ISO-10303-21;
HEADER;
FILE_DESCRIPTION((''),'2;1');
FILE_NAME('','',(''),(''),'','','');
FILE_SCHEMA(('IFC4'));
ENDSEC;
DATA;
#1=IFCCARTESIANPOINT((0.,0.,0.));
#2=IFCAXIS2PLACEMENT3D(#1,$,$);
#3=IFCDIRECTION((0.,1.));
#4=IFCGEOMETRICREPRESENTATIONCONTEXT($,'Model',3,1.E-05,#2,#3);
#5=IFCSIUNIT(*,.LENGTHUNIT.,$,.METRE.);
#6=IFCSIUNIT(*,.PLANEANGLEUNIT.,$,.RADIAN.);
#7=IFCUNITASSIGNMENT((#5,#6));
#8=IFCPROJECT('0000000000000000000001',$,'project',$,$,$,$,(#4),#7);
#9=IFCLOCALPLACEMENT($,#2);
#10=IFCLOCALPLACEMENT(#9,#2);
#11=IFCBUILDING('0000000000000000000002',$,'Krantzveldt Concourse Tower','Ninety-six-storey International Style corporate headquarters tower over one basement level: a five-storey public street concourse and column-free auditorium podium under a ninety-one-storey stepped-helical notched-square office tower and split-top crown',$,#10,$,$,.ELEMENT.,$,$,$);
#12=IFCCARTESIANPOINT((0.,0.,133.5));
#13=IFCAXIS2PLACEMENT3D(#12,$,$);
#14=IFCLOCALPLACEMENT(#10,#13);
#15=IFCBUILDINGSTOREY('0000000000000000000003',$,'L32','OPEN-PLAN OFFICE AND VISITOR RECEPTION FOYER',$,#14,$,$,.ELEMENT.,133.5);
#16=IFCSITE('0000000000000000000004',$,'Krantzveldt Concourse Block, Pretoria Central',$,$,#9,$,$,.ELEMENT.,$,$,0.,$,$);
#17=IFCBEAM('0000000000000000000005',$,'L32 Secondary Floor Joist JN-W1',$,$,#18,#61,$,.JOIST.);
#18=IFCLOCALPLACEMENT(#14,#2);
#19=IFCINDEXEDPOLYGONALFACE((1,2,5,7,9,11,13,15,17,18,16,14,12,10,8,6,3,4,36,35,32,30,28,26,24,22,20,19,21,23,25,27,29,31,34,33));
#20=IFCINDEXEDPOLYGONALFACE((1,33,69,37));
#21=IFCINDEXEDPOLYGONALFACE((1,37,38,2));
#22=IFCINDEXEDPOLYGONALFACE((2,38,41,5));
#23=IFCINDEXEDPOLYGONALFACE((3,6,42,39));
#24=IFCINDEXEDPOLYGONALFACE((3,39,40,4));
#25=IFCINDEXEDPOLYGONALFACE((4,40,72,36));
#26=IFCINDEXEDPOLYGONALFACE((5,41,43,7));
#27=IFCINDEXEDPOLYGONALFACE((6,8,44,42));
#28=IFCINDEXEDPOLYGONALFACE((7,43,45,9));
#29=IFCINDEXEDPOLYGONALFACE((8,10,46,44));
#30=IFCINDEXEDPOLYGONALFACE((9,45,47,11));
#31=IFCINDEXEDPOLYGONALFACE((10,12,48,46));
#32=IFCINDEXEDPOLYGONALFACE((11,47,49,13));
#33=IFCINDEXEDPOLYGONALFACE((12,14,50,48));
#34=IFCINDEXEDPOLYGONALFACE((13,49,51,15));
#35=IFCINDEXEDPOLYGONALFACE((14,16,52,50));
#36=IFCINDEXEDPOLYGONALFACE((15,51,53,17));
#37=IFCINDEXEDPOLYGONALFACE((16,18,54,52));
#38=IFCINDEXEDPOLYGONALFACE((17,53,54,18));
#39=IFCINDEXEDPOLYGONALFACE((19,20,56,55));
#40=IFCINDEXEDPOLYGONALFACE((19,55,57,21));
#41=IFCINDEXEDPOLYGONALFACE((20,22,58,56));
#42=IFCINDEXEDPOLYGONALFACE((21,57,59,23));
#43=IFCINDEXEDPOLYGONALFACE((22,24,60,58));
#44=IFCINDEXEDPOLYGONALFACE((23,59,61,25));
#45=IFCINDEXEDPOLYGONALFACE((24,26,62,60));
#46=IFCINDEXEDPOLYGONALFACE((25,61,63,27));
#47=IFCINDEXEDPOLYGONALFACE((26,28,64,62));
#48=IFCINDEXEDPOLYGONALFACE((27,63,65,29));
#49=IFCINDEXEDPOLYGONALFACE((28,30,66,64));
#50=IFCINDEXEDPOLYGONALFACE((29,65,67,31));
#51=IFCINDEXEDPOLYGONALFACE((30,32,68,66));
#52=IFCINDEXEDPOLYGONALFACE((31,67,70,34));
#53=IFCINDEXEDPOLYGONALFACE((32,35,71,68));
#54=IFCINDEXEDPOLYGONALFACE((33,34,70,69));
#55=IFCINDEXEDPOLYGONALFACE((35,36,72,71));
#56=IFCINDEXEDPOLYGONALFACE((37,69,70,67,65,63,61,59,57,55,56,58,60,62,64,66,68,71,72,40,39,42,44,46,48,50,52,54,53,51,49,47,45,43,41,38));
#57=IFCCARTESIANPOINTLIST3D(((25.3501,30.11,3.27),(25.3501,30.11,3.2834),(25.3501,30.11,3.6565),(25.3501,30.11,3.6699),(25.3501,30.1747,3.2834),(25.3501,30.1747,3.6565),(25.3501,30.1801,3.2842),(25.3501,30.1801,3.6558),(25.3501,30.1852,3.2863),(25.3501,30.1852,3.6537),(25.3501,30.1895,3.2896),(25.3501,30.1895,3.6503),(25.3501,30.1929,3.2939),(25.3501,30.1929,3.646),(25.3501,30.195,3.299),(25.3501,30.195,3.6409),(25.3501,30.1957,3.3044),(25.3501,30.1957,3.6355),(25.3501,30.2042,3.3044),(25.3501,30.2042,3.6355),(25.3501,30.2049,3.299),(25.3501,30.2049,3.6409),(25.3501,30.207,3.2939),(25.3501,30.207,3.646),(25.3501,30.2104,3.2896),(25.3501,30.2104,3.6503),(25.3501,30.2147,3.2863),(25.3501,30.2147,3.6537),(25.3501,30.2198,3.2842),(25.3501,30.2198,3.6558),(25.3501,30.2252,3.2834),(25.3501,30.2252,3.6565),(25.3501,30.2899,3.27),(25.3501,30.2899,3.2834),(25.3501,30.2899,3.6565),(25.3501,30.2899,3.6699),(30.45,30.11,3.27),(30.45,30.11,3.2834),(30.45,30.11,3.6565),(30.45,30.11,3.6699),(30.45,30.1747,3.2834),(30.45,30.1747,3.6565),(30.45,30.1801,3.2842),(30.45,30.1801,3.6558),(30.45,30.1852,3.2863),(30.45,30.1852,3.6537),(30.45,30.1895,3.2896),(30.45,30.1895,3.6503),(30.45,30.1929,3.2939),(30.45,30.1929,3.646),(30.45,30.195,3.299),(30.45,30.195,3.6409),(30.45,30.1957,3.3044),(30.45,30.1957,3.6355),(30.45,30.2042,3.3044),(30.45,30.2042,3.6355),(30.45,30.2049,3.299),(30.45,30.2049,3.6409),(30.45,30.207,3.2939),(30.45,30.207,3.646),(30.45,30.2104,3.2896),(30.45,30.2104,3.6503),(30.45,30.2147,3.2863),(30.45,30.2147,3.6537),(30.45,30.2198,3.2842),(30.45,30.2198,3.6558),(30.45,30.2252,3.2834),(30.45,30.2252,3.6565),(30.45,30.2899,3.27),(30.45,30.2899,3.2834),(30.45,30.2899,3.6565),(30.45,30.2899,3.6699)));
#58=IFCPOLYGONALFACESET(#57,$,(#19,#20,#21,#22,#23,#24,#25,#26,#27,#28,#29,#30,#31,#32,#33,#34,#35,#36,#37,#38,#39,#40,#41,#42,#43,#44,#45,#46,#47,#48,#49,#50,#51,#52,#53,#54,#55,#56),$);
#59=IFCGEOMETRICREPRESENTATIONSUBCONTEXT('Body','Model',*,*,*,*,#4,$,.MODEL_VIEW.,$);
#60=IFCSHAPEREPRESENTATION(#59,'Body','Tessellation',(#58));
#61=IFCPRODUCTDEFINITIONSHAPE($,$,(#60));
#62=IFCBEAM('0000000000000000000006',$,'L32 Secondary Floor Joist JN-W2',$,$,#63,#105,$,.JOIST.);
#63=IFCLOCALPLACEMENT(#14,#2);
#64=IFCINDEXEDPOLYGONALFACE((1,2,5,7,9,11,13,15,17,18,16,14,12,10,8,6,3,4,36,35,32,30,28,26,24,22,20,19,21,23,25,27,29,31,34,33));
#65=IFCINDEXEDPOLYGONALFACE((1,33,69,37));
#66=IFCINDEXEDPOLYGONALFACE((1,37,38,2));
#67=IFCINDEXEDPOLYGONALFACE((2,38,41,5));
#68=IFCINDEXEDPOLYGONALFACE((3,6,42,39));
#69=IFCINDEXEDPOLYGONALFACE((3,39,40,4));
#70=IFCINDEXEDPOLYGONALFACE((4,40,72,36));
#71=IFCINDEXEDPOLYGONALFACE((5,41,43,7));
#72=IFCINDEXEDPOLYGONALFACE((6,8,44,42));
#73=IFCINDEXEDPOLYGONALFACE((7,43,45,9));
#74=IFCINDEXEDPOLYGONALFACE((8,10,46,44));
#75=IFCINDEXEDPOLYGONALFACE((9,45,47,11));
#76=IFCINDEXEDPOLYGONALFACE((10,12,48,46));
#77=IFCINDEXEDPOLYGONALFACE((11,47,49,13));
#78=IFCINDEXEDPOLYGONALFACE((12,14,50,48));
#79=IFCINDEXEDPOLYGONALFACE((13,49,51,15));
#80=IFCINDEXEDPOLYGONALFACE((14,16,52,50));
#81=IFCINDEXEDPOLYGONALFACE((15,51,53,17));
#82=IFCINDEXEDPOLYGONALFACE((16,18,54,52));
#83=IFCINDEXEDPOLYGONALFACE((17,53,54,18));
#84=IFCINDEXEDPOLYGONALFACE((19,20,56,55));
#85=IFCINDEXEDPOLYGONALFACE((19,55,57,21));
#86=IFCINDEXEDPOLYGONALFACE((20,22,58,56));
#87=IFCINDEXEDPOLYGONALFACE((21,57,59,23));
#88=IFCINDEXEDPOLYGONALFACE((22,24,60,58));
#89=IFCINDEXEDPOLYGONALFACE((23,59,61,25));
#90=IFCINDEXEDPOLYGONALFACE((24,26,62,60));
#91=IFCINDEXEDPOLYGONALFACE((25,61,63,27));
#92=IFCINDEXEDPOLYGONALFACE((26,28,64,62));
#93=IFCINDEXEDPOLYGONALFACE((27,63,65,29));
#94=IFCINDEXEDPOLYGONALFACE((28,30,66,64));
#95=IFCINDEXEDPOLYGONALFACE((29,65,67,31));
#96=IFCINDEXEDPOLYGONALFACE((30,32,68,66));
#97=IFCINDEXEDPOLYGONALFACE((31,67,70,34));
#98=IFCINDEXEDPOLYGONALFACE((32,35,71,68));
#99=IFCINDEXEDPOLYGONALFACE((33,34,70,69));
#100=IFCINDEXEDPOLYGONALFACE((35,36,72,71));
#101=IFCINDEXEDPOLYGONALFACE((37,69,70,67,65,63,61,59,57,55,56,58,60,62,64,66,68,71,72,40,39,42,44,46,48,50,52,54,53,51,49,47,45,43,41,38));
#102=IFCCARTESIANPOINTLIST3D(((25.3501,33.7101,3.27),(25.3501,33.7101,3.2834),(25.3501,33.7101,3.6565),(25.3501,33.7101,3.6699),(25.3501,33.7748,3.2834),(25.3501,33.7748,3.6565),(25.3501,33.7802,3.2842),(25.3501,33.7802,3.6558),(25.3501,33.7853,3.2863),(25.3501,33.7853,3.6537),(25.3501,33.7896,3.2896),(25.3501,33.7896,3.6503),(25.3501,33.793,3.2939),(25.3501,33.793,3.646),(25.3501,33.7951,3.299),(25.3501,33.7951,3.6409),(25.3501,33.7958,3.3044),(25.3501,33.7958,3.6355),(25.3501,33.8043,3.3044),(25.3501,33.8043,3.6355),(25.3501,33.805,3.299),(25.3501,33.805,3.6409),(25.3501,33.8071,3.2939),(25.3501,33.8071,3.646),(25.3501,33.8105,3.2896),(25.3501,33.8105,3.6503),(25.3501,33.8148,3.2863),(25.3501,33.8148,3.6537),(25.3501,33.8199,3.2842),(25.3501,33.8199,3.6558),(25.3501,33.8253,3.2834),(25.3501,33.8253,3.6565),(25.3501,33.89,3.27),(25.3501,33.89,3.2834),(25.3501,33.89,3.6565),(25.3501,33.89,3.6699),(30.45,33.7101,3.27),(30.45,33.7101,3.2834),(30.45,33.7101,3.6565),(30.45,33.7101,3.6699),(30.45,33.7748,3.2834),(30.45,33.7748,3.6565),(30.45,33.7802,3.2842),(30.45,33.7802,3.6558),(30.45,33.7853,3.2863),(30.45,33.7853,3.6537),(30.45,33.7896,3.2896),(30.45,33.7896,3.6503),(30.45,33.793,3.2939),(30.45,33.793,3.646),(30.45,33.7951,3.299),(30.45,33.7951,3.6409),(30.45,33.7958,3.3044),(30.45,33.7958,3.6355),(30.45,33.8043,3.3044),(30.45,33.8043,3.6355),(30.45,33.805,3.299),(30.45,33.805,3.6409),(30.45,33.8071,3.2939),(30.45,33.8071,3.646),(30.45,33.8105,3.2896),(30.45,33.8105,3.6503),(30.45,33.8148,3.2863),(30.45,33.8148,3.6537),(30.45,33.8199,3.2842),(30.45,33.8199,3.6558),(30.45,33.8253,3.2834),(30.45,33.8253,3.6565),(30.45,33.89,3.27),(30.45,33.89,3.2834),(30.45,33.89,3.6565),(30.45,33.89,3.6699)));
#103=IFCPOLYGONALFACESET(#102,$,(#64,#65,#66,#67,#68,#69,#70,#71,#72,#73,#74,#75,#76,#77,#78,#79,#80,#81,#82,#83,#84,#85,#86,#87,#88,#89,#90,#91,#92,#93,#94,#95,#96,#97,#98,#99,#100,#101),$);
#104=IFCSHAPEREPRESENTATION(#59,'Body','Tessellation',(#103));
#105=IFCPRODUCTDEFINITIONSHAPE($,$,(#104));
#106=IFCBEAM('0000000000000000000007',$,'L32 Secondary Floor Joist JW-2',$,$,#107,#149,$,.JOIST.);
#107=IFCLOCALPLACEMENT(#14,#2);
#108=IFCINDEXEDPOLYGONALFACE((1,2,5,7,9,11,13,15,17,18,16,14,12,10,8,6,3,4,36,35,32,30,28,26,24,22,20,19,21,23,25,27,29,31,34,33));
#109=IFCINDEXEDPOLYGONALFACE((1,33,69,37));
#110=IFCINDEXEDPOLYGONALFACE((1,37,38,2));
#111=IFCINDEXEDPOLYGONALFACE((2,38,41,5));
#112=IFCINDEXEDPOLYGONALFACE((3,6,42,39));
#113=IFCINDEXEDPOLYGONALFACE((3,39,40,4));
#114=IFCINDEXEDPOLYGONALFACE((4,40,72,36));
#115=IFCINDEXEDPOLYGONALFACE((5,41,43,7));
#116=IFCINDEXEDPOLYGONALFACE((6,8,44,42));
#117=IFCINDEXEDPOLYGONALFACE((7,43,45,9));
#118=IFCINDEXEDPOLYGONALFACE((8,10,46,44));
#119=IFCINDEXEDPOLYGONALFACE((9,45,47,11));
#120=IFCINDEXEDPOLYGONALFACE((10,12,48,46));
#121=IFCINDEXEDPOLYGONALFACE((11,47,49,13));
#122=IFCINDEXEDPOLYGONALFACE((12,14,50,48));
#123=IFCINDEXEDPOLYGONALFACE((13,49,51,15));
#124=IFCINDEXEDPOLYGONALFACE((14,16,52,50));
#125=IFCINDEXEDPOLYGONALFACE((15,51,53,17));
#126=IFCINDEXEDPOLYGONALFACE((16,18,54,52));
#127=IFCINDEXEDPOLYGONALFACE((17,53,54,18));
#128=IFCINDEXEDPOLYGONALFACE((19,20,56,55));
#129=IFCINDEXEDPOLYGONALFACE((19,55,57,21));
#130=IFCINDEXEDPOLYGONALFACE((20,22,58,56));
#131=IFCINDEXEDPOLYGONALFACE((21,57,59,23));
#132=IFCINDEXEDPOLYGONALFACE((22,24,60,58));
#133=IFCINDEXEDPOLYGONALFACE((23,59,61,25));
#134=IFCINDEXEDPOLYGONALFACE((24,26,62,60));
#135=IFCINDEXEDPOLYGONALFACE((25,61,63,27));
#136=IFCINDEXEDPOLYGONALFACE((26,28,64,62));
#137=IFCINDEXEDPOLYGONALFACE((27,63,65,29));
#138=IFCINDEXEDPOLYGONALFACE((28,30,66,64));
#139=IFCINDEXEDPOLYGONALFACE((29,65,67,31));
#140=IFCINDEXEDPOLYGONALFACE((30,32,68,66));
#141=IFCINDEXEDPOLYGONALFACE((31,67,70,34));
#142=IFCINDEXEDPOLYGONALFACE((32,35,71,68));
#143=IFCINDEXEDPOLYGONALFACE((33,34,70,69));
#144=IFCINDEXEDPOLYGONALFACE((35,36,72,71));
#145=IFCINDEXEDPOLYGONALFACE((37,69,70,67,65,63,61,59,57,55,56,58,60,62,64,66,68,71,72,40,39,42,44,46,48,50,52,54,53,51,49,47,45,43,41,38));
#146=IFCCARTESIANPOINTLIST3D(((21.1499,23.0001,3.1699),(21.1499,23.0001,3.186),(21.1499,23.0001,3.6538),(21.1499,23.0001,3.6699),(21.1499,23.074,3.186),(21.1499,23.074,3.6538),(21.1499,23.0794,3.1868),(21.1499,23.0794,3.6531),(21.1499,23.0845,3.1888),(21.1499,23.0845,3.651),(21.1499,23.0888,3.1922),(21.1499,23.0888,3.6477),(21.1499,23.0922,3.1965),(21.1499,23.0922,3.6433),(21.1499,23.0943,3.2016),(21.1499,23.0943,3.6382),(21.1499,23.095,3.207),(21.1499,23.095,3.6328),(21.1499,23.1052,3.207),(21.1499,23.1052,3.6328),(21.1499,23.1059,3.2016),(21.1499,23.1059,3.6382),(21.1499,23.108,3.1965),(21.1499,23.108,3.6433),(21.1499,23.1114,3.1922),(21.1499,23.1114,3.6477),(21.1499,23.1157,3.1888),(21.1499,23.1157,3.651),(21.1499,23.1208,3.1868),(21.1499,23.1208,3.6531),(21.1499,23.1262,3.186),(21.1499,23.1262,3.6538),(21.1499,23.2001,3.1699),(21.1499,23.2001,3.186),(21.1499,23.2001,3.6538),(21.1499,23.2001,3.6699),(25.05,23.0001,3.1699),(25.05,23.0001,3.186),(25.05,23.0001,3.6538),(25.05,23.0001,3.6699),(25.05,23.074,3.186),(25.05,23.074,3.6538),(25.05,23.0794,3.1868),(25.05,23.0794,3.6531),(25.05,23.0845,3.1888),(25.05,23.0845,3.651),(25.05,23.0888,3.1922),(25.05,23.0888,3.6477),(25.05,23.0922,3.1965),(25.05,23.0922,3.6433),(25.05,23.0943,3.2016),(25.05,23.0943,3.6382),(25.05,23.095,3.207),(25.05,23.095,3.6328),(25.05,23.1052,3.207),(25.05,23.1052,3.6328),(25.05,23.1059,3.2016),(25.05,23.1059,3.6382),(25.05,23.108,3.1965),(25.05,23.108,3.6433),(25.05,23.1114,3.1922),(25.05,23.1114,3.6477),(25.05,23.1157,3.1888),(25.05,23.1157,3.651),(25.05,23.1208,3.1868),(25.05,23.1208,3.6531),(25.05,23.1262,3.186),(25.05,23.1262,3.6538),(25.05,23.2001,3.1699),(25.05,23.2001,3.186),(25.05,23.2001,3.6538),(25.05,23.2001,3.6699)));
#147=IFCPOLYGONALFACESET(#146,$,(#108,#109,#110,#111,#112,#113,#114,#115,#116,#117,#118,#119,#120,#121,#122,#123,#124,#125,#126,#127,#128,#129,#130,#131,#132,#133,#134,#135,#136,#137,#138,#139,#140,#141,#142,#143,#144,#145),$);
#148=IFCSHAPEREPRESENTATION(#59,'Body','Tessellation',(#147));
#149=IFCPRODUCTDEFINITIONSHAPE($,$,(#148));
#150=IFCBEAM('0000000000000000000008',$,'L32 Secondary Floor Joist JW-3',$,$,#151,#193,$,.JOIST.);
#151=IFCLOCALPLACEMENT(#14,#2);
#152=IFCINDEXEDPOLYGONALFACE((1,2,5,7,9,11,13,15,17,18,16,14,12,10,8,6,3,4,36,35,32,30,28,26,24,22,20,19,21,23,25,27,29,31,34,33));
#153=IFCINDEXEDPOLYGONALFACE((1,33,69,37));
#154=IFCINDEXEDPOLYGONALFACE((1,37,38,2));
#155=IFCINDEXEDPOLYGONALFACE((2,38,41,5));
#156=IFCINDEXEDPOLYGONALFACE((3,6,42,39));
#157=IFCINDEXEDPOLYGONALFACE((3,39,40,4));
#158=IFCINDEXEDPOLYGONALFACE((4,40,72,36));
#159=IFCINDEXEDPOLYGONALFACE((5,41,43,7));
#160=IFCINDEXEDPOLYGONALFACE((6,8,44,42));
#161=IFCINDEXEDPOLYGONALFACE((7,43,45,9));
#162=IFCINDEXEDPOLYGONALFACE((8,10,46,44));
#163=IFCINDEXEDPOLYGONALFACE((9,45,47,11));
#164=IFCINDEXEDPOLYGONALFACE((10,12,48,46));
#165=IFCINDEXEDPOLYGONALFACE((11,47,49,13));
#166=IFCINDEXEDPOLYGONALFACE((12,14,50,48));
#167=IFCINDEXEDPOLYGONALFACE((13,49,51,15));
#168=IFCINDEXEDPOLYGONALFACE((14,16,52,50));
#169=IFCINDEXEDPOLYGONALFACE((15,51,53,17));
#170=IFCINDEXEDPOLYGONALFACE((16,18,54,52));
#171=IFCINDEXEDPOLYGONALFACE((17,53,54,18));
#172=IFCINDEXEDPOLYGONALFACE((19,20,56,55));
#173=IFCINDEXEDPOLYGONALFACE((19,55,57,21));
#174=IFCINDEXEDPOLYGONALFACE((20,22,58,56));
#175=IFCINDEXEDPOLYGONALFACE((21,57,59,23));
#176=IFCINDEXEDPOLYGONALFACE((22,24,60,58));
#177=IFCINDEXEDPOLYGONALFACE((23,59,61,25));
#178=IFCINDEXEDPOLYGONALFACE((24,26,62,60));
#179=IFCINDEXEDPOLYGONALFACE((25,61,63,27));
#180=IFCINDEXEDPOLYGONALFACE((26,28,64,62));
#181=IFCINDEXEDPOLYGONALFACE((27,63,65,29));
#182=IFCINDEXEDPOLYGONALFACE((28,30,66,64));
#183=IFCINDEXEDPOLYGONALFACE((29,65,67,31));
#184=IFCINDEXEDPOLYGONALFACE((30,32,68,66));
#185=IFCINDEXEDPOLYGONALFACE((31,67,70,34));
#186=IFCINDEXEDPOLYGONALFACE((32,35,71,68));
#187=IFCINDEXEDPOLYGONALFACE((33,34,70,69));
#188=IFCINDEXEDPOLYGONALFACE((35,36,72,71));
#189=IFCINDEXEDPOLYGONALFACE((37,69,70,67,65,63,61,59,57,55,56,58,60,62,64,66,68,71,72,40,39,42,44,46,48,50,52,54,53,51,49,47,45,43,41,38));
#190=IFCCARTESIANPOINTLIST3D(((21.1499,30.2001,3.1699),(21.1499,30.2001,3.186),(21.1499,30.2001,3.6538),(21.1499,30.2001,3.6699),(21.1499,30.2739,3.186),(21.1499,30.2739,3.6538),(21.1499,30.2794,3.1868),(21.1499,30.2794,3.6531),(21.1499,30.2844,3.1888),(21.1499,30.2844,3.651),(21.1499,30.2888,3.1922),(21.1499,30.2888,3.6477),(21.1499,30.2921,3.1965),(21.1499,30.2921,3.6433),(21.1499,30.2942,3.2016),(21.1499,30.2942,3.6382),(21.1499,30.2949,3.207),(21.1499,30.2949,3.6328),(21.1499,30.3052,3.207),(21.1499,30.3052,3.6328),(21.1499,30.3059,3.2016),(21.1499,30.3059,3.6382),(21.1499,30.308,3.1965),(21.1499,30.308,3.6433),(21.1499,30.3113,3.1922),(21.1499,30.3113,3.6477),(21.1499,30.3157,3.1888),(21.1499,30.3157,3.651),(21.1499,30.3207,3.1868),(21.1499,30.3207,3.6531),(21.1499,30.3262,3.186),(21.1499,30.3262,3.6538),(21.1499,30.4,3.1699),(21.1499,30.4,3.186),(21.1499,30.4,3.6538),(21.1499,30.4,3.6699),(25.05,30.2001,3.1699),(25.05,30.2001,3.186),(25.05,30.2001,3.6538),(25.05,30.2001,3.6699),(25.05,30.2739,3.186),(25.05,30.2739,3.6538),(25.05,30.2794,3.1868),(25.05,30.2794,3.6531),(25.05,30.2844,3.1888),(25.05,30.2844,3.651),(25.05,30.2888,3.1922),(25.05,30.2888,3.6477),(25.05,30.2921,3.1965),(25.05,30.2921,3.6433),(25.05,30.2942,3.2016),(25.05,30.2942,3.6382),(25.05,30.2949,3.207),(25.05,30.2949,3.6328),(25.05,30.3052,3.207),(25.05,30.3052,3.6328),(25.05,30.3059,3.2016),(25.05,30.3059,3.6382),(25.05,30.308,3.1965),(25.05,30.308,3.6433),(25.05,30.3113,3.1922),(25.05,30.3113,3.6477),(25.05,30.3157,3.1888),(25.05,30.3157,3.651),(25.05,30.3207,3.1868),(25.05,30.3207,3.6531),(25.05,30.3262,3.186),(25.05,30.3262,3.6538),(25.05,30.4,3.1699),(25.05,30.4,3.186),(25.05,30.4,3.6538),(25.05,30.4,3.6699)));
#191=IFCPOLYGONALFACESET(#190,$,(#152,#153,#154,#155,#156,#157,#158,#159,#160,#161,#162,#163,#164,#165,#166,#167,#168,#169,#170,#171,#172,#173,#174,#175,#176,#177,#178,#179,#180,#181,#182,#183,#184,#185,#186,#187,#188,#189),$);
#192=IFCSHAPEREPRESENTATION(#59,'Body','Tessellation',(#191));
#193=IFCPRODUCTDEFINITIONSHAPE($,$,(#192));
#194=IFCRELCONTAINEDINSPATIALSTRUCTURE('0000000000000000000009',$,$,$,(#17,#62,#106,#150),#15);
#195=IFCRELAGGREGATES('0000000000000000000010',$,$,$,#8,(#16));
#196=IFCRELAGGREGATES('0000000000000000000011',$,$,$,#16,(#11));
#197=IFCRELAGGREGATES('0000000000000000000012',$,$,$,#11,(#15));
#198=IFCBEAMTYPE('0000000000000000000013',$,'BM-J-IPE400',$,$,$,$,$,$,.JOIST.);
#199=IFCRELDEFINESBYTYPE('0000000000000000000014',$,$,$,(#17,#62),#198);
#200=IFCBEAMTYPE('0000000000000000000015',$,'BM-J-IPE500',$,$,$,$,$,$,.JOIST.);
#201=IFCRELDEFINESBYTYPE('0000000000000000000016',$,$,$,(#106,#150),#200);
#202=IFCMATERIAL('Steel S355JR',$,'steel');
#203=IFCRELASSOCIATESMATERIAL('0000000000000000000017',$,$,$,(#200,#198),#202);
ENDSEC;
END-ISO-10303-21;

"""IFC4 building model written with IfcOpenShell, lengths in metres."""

from ifc_helpers import new_model, si_unit, direction, frame, origin, origin_2d, place, context, subcontext, project, spatial, i_section, extrude, source, transform, mapped, material, material_profile, profile_set, type_object, type_shapes, element, save


model = new_model("IFC4")

# Units and contexts
model_context = context("Model", 3, precision=1e-05, world=origin(), true_north=direction((0.0, 1.0)))
body_context = subcontext(model_context, "Body", "Model", "MODEL_VIEW")
ifc_project = project(units=[si_unit("LENGTHUNIT", "METRE"), si_unit("PLANEANGLEUNIT", "RADIAN")], contexts=[model_context])

# Site, building, storey
site_placement = place(None, origin())
site = spatial("IfcSite", under=ifc_project, at=site_placement, Name="Krantzveldt Concourse Block, Pretoria Central", CompositionType="ELEMENT", RefElevation=0.0)
building_placement = place(site_placement, origin())
building = spatial("IfcBuilding", under=site, at=building_placement, Name="Krantzveldt Concourse Tower", Description="Ninety-six-storey International Style corporate headquarters tower over one basement level: a five-storey public street concourse and column-free auditorium podium under a ninety-one-storey stepped-helical notched-square office tower and split-top crown", CompositionType="ELEMENT")
storey_placement = place(building_placement, frame((0.0, 0.0, 133.5)))
storey = spatial("IfcBuildingStorey", under=building, at=storey_placement, Name="L32", Description="OPEN-PLAN OFFICE AND VISITOR RECEPTION FOYER", CompositionType="ELEMENT", Elevation=133.5)

# Beams
ifc_material_1 = material(Name="Steel S355JR", Category="steel")
ifc_material_profile_1 = material_profile(ifc_material_1, i_section(OverallWidth=0.2, OverallDepth=0.5, WebThickness=0.0103, FlangeThickness=0.0161, FilletRadius=0.021, at=origin_2d()), Name="Steel S355JR", Category="steel")
ifc_profile_set_1 = profile_set([ifc_material_profile_1], Name="Steel S355JR - IPE 500")
beam_type_1 = type_object("IfcBeamType", Name="BM-J-IPE500", PredefinedType="JOIST", material=ifc_profile_set_1)
ifc_material_profile_2 = material_profile(ifc_material_1, i_section(OverallWidth=0.1799, OverallDepth=0.3999, WebThickness=0.0085, FlangeThickness=0.0134, FilletRadius=0.021, at=origin_2d()), Name="Steel S355JR", Category="steel")
ifc_profile_set_2 = profile_set([ifc_material_profile_2], Name="Steel S355JR - IPE 400")
beam_type_2 = type_object("IfcBeamType", Name="BM-J-IPE400", PredefinedType="JOIST", material=ifc_profile_set_2)
shared_shape_1 = source(origin(), body_context, "Body", "SweptSolid", [
    extrude(i_section(OverallWidth=0.1799, OverallDepth=0.3999, WebThickness=0.0085, FlangeThickness=0.0134, FilletRadius=0.021, at=origin_2d()), origin(), (0.0, 0.0, 1.0), 5.0999),
])
type_shapes(beam_type_2, [shared_shape_1])
for number, where, z_axis, x_axis, name in (
    (1, (25.3501, 30.2, 3.47), (1.0, 0.0, 0.0), (0.0, 1.0, 0.0), "L32 Secondary Floor Joist JN-W1"),
    (2, (25.3501, 33.8, 3.47), (1.0, 0.0, 0.0), (0.0, 1.0, 0.0), "L32 Secondary Floor Joist JN-W2"),
):
    element("IfcBeam", number, at=place(storey_placement, frame(where, z_axis=z_axis, x_axis=x_axis)), inside=storey, type_object=beam_type_2, Name=name, PredefinedType="JOIST", context=body_context, shape_type="MappedRepresentation", body=[
        mapped(shared_shape_1, transform((0.0, 0.0, 0.0), x_axis=(1.0, 0.0, 0.0), y_axis=(0.0, 1.0, 0.0), z_axis=(0.0, 0.0, 1.0), scale=1.0)),
    ])
shared_shape_2 = source(origin(), body_context, "Body", "SweptSolid", [
    extrude(i_section(OverallWidth=0.2, OverallDepth=0.5, WebThickness=0.0103, FlangeThickness=0.0161, FilletRadius=0.021, at=origin_2d()), origin(), (0.0, 0.0, 1.0), 3.9001),
])
for number, where, z_axis, x_axis, name in (
    (3, (21.1499, 23.1001, 3.4199), (1.0, 0.0, 0.0), (0.0, 1.0, 0.0), "L32 Secondary Floor Joist JW-2"),
    (4, (21.1499, 30.3, 3.4199), (1.0, 0.0, 0.0), (0.0, 1.0, 0.0), "L32 Secondary Floor Joist JW-3"),
):
    element("IfcBeam", number, at=place(storey_placement, frame(where, z_axis=z_axis, x_axis=x_axis)), inside=storey, type_object=beam_type_1, Name=name, PredefinedType="JOIST", context=body_context, shape_type="MappedRepresentation", body=[
        mapped(shared_shape_2, transform((0.0, 0.0, 0.0), x_axis=(1.0, 0.0, 0.0), y_axis=(0.0, 1.0, 0.0), z_axis=(0.0, 0.0, 1.0), scale=1.0)),
    ])

save(model, "model.ifc")
